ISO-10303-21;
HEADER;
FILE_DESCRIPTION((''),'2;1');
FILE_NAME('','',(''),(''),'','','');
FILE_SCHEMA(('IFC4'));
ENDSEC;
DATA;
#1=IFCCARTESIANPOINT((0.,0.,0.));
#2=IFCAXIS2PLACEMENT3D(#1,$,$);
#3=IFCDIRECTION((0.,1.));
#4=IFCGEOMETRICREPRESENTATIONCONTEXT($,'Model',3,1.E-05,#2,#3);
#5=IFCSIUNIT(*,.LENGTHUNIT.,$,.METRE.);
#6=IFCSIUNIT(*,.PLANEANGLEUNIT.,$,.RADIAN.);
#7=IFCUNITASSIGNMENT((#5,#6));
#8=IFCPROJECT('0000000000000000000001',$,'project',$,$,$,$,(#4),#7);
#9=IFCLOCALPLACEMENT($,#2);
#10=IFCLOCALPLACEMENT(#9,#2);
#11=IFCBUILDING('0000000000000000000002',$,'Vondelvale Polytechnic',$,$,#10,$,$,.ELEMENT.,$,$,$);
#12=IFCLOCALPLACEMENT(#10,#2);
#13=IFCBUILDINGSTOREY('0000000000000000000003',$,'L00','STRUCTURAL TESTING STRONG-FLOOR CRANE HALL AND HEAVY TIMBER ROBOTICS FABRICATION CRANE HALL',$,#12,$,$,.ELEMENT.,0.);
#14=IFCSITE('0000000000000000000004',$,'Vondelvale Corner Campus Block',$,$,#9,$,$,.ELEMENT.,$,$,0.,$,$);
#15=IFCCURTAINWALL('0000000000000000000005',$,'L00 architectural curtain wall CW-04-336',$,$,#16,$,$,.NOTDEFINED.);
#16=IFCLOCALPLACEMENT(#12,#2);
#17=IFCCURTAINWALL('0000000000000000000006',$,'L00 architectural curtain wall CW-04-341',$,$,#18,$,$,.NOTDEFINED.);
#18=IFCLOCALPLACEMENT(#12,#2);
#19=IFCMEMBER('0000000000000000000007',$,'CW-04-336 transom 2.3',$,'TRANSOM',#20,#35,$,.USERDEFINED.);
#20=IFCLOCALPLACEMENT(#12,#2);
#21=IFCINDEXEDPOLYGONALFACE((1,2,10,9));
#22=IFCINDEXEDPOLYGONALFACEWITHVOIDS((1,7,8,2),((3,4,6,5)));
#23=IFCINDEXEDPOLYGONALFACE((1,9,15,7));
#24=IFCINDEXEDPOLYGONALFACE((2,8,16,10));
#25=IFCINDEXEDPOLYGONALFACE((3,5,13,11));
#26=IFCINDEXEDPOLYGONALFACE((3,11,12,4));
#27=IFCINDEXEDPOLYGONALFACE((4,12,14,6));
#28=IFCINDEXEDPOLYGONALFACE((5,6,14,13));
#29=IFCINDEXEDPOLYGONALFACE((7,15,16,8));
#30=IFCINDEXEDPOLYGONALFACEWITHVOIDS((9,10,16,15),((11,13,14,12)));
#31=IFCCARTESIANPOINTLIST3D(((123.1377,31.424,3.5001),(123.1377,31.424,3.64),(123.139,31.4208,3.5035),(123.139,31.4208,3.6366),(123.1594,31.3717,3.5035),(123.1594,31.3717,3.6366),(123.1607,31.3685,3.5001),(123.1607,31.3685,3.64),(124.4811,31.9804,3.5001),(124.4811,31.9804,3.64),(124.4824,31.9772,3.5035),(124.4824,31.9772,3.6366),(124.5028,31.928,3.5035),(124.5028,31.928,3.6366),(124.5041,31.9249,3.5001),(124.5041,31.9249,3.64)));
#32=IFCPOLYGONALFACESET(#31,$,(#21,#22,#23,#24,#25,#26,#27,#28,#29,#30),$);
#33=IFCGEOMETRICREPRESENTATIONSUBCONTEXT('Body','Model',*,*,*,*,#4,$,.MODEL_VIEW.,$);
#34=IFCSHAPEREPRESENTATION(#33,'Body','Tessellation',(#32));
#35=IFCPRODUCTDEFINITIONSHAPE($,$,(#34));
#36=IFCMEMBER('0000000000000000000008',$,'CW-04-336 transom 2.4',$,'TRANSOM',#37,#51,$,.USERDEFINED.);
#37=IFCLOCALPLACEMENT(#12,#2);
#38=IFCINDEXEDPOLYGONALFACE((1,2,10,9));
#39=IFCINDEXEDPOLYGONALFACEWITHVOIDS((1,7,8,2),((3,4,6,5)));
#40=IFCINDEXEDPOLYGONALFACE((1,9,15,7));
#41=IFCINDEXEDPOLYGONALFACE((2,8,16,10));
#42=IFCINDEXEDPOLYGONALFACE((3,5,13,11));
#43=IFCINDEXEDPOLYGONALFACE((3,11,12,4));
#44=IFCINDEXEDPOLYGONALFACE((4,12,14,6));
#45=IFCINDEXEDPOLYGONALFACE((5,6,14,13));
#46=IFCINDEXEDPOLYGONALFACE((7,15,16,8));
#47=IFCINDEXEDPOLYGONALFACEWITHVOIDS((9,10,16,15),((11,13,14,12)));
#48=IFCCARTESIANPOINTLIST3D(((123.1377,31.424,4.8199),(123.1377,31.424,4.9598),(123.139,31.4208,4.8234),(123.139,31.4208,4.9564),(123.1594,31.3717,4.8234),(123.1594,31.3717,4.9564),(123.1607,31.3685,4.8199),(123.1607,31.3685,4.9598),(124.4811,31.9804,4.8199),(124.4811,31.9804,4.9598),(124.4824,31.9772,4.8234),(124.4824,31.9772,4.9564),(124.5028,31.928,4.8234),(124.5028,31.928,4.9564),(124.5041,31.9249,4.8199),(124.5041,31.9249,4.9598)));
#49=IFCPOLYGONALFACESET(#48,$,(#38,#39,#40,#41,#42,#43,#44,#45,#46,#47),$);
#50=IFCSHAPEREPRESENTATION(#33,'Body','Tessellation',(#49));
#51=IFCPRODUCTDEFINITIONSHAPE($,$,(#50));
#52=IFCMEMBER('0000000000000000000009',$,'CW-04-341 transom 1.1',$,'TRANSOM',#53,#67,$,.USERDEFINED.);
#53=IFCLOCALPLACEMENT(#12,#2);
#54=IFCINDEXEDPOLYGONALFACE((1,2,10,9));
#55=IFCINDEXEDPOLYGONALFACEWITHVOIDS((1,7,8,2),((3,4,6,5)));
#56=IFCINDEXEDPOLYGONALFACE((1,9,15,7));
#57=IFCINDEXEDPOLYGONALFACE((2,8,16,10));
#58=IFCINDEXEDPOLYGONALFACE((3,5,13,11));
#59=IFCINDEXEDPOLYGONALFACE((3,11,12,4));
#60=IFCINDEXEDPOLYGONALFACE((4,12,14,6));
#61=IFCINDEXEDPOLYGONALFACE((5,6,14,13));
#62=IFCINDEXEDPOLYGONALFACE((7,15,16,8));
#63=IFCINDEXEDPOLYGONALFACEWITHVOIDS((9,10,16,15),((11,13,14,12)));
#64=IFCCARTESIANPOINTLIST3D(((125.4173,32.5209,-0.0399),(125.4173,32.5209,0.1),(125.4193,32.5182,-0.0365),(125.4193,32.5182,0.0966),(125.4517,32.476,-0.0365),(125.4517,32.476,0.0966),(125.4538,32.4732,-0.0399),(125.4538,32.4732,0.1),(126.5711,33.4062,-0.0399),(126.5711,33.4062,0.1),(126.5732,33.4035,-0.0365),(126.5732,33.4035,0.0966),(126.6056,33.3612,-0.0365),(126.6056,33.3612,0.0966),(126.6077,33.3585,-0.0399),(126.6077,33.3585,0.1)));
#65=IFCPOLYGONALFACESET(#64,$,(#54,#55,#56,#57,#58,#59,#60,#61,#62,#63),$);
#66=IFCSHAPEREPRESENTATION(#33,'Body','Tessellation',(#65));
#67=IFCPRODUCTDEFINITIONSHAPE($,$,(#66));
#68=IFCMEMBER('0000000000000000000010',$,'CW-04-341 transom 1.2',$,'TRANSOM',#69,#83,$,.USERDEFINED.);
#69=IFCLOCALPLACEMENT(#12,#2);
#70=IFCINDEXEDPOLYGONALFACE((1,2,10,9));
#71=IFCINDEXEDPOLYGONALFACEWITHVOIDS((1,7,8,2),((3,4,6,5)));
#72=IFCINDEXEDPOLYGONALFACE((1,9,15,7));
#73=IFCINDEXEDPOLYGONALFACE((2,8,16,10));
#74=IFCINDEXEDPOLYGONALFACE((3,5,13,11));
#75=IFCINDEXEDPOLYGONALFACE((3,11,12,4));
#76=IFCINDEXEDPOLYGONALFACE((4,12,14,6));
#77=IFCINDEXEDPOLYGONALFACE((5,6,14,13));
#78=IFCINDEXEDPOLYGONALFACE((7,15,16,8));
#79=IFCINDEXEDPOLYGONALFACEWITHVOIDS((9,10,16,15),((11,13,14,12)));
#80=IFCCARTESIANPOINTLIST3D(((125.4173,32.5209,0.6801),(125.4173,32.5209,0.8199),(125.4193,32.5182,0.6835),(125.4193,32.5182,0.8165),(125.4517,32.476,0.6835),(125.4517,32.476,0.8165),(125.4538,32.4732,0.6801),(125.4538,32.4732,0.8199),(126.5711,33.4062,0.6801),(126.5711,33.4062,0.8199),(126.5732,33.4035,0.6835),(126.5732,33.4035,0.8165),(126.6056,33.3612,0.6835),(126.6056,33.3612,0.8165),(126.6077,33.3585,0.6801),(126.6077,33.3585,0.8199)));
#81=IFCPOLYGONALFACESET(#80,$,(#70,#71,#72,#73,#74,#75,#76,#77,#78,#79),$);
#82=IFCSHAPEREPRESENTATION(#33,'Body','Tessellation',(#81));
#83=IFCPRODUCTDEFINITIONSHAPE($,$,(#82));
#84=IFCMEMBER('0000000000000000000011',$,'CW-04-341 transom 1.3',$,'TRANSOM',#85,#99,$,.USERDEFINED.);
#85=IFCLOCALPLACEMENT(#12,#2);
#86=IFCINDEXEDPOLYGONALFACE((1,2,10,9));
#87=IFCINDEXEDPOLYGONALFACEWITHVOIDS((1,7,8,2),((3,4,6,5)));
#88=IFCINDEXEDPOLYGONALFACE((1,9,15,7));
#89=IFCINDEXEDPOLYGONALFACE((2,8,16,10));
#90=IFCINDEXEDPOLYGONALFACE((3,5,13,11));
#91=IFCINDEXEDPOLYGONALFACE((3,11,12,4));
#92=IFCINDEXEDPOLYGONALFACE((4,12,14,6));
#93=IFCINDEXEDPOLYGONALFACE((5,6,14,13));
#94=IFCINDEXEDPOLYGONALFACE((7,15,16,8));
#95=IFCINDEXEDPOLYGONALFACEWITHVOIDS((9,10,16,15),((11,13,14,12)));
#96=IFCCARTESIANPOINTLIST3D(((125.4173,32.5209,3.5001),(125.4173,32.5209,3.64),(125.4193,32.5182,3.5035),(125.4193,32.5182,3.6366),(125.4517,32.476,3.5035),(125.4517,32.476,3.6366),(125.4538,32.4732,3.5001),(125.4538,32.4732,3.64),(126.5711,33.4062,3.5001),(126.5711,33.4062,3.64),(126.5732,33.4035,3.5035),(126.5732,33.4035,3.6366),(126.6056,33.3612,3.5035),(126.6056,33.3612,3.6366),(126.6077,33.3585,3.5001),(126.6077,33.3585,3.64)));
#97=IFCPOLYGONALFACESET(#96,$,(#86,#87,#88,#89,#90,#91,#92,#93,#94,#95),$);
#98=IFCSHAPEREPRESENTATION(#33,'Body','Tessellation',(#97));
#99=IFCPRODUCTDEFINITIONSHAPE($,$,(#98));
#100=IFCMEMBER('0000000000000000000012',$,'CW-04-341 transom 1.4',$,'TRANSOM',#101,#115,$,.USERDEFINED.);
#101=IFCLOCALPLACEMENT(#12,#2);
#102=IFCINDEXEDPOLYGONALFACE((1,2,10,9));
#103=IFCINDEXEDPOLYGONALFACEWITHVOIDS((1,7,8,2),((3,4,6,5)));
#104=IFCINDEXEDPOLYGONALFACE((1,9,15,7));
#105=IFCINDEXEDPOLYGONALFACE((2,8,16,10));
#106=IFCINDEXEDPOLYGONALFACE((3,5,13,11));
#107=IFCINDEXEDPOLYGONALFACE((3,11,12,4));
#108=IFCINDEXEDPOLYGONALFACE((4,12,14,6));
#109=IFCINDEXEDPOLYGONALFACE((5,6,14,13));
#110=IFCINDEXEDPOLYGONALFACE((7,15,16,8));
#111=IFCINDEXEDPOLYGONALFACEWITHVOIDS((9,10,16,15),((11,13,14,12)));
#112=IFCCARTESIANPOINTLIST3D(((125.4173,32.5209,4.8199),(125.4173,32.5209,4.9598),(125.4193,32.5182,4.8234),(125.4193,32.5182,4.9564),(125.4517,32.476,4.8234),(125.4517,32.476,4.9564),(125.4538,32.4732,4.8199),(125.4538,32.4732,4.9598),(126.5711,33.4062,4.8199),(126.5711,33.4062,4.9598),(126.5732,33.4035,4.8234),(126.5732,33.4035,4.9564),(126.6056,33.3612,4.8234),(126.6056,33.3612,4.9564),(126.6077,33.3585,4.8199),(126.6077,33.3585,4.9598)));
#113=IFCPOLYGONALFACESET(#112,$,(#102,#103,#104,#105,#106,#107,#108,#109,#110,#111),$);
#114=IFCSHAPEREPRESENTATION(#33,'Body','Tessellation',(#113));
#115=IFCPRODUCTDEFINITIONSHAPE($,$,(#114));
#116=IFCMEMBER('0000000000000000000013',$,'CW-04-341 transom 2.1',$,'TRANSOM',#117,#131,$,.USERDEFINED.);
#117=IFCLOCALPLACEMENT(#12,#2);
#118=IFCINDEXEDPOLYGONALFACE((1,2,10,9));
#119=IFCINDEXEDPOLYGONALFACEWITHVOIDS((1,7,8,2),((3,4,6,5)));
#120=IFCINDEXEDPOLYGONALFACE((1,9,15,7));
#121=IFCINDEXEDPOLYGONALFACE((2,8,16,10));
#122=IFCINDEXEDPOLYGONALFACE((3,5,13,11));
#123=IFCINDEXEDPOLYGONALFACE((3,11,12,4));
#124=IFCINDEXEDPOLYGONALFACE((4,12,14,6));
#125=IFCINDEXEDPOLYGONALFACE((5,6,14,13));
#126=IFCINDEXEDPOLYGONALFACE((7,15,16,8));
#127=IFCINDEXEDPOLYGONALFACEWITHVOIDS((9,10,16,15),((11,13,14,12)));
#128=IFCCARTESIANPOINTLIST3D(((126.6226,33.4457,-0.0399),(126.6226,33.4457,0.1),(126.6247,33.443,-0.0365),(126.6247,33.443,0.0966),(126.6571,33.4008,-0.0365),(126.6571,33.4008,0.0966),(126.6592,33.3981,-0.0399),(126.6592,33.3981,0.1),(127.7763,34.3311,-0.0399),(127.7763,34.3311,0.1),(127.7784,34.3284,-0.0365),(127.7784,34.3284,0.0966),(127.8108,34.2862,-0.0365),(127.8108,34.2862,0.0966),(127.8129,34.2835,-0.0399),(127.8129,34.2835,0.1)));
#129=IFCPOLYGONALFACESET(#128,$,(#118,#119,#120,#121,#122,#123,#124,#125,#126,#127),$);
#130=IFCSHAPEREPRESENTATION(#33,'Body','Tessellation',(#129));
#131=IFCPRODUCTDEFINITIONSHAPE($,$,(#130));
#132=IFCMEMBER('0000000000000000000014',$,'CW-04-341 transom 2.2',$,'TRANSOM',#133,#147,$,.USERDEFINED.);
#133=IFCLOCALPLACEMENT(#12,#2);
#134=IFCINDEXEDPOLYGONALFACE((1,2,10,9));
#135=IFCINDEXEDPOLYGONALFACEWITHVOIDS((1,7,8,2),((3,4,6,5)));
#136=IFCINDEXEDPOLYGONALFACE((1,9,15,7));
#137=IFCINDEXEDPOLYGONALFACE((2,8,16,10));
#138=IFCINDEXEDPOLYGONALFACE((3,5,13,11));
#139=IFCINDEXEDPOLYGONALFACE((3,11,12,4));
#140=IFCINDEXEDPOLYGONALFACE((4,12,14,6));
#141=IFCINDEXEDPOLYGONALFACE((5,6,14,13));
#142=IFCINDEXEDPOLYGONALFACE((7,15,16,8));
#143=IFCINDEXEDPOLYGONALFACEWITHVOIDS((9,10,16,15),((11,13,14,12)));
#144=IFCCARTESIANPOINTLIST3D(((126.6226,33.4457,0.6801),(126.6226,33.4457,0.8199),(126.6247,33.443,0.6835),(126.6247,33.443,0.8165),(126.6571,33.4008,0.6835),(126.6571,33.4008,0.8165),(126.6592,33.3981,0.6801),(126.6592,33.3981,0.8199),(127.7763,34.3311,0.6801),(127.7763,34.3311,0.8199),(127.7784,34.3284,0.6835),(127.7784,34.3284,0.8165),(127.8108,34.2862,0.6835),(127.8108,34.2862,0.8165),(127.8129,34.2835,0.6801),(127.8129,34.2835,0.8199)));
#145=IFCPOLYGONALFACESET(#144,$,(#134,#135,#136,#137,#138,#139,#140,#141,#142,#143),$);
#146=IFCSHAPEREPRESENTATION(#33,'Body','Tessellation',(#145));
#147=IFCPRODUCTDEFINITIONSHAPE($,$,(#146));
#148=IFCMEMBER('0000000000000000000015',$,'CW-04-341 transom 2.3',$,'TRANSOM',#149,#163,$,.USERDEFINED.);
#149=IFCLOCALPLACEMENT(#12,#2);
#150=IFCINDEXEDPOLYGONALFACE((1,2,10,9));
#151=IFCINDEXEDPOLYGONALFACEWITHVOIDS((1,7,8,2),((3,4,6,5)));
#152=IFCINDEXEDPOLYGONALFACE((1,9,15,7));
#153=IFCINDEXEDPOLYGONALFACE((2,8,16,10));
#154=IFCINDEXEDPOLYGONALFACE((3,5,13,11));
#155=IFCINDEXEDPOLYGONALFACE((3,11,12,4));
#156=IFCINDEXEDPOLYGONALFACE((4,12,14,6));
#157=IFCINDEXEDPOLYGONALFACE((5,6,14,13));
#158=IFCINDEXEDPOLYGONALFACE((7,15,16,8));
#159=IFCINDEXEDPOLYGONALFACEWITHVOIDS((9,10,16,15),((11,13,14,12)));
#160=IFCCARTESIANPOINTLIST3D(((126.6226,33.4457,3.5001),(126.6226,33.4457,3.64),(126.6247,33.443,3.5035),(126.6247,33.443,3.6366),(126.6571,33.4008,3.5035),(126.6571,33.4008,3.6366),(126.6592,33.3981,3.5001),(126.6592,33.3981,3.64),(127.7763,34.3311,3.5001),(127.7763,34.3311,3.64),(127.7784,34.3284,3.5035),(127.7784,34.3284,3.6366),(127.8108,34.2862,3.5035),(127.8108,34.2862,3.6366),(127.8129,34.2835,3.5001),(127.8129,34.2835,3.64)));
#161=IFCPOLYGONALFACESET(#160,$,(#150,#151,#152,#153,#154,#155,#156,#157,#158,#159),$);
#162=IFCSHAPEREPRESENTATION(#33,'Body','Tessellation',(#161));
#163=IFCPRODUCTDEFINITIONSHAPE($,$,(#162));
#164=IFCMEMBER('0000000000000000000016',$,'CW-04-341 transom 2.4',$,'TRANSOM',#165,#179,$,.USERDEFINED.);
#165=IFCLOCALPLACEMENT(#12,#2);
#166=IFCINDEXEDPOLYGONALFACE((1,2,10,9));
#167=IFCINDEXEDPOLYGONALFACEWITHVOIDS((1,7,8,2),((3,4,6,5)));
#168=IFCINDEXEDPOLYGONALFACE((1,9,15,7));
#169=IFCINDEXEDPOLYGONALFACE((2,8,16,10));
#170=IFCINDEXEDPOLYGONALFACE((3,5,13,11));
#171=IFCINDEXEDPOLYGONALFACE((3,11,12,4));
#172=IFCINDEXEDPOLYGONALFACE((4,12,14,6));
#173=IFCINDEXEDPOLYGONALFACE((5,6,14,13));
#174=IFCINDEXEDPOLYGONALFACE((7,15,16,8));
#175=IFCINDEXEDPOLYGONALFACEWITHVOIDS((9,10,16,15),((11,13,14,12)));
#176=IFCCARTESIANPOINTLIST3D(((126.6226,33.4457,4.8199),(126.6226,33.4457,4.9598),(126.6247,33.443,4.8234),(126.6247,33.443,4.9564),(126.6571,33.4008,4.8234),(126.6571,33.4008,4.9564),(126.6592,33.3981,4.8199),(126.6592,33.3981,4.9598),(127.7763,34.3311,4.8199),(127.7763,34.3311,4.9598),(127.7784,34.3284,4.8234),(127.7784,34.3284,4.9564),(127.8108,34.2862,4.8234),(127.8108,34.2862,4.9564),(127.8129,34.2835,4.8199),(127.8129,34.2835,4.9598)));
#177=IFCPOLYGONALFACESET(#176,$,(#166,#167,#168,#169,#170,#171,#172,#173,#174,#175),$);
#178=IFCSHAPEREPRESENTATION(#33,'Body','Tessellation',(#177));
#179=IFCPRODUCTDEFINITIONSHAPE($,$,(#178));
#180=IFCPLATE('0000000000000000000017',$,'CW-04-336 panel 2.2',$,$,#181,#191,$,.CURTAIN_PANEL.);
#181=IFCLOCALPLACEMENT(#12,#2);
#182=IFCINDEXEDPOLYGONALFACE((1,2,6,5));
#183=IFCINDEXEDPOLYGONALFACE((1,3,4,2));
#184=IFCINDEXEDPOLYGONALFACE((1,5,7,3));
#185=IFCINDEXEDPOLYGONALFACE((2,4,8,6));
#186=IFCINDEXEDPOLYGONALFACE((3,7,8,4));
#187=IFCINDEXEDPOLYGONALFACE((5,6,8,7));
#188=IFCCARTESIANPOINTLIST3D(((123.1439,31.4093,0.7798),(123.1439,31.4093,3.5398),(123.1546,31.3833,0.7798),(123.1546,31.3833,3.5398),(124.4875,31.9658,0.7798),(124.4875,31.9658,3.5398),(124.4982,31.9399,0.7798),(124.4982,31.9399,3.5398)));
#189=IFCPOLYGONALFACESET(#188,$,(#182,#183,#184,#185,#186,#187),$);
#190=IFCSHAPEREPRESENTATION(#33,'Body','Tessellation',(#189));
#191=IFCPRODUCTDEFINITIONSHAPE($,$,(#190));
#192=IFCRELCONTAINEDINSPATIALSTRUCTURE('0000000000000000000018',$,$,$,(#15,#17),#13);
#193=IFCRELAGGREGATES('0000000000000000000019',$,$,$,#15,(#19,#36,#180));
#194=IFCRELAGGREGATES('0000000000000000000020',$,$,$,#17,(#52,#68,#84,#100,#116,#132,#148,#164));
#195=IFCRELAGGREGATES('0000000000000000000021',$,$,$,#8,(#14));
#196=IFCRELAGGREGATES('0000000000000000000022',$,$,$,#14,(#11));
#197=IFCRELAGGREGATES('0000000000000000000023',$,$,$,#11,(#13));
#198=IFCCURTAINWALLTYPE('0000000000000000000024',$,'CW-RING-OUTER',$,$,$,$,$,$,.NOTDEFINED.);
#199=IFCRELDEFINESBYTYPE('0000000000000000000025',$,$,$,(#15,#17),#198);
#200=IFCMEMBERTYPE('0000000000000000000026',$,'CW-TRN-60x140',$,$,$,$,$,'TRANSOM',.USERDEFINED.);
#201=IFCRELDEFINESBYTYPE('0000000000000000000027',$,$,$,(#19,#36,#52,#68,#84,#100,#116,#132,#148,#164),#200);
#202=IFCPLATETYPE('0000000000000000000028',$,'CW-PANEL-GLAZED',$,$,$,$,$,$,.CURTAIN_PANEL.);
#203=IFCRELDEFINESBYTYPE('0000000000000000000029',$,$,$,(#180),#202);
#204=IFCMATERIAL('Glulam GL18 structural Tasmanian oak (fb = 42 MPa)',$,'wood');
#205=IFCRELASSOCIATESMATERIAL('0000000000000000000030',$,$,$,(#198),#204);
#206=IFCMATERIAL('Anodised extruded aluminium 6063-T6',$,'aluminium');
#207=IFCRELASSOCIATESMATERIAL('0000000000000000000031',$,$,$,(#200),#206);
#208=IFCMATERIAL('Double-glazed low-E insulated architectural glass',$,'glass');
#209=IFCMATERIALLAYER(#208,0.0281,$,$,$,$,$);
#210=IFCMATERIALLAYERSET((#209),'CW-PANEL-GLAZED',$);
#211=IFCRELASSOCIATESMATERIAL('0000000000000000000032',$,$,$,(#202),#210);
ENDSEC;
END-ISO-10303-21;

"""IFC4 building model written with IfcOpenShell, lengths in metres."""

from ifc_helpers import new_model, si_unit, direction, frame, origin, origin_2d, place, context, subcontext, project, spatial, rectangle, hollow_rectangle, extrude, material, layer, layer_set, material_profile, profile_set, type_object, element, aggregate, save


model = new_model("IFC4")

# Units and contexts
model_context = context("Model", 3, precision=1e-05, world=origin(), true_north=direction((0.0, 1.0)))
body_context = subcontext(model_context, "Body", "Model", "MODEL_VIEW")
ifc_project = project(units=[si_unit("LENGTHUNIT", "METRE"), si_unit("PLANEANGLEUNIT", "RADIAN")], contexts=[model_context])

# Site, building, storey
site_placement = place(None, origin())
site = spatial("IfcSite", under=ifc_project, at=site_placement, Name="Vondelvale Corner Campus Block", CompositionType="ELEMENT", RefElevation=0.0)
building_placement = place(site_placement, origin())
building = spatial("IfcBuilding", under=site, at=building_placement, Name="Vondelvale Polytechnic", CompositionType="ELEMENT")
storey_placement = place(building_placement, origin())
storey = spatial("IfcBuildingStorey", under=building, at=storey_placement, Name="L00", Description="STRUCTURAL TESTING STRONG-FLOOR CRANE HALL AND HEAVY TIMBER ROBOTICS FABRICATION CRANE HALL", CompositionType="ELEMENT", Elevation=0.0)

# Curtain walls
ifc_material_1 = material(Name="Glulam GL18 structural Tasmanian oak (fb = 42 MPa)", Category="wood")
curtain_wall_type = type_object("IfcCurtainWallType", Name="CW-RING-OUTER", PredefinedType="NOTDEFINED", material=ifc_material_1)
curtain_wall_1_placement = place(storey_placement, origin())
curtain_wall_1 = element("IfcCurtainWall", 1, at=curtain_wall_1_placement, inside=storey, type_object=curtain_wall_type, Name="L00 architectural curtain wall CW-04-336", PredefinedType="NOTDEFINED")
ifc_material_2 = material(Name="Anodised extruded aluminium 6063-T6", Category="aluminium")
curtain_wall_2_placement = place(storey_placement, origin())
curtain_wall_2 = element("IfcCurtainWall", 2, at=curtain_wall_2_placement, inside=storey, type_object=curtain_wall_type, Name="L00 architectural curtain wall CW-04-341", PredefinedType="NOTDEFINED")

# Members
ifc_material_profile_1 = material_profile(ifc_material_2, hollow_rectangle(XDim=0.0601, YDim=0.1399, WallThickness=0.0034, at=origin_2d()), Name="CW-TRN-140x60")
ifc_profile_set_1 = profile_set([ifc_material_profile_1], Name="Anodised extruded aluminium 6063-T6")
member_type_1 = type_object("IfcMemberType", Name="CW-TRN-60x140", ElementType="TRANSOM", PredefinedType="USERDEFINED", material=ifc_profile_set_1)
member_1_placement = place(storey_placement, frame((123.1492, 31.3962, 3.5701), z_axis=(0.923904, 0.382624, 0.0), x_axis=(-0.382624, 0.923904, 0.0)))
member_1 = element("IfcMember", 3, at=member_1_placement, type_object=member_type_1, Name="CW-04-336 transom 2.3", ObjectType="TRANSOM", PredefinedType="USERDEFINED", context=body_context, shape_type="SweptSolid", body=[
    extrude(hollow_rectangle(XDim=0.0601, YDim=0.1399, WallThickness=0.0034, at=origin_2d()), origin(), (0.0, 0.0, 1.0), 1.4541),
])
member_2_placement = place(storey_placement, frame((123.1492, 31.3962, 4.8899), z_axis=(0.923904, 0.382624, 0.0), x_axis=(-0.382624, 0.923904, 0.0)))
member_2 = element("IfcMember", 4, at=member_2_placement, type_object=member_type_1, Name="CW-04-336 transom 2.4", ObjectType="TRANSOM", PredefinedType="USERDEFINED", context=body_context, shape_type="SweptSolid", body=[
    extrude(hollow_rectangle(XDim=0.0601, YDim=0.1399, WallThickness=0.0034, at=origin_2d()), origin(), (0.0, 0.0, 1.0), 1.4541),
])
member_3_placement = place(storey_placement, frame((125.4355, 32.4971, 0.03), z_axis=(0.793385, 0.608721, 0.0), x_axis=(-0.608721, 0.793385, 0.0)))
member_3 = element("IfcMember", 5, at=member_3_placement, type_object=member_type_1, Name="CW-04-341 transom 1.1", ObjectType="TRANSOM", PredefinedType="USERDEFINED", context=body_context, shape_type="SweptSolid", body=[
    extrude(hollow_rectangle(XDim=0.0601, YDim=0.1399, WallThickness=0.0034, at=origin_2d()), origin(), (0.0, 0.0, 1.0), 1.4543),
])
member_4_placement = place(storey_placement, frame((125.4355, 32.4971, 0.75), z_axis=(0.793385, 0.608721, 0.0), x_axis=(-0.608721, 0.793385, 0.0)))
member_4 = element("IfcMember", 6, at=member_4_placement, type_object=member_type_1, Name="CW-04-341 transom 1.2", ObjectType="TRANSOM", PredefinedType="USERDEFINED", context=body_context, shape_type="SweptSolid", body=[
    extrude(hollow_rectangle(XDim=0.0601, YDim=0.1399, WallThickness=0.0034, at=origin_2d()), origin(), (0.0, 0.0, 1.0), 1.4543),
])
member_5_placement = place(storey_placement, frame((125.4355, 32.4971, 3.5701), z_axis=(0.793385, 0.608721, 0.0), x_axis=(-0.608721, 0.793385, 0.0)))
member_5 = element("IfcMember", 7, at=member_5_placement, type_object=member_type_1, Name="CW-04-341 transom 1.3", ObjectType="TRANSOM", PredefinedType="USERDEFINED", context=body_context, shape_type="SweptSolid", body=[
    extrude(hollow_rectangle(XDim=0.0601, YDim=0.1399, WallThickness=0.0034, at=origin_2d()), origin(), (0.0, 0.0, 1.0), 1.4543),
])
member_6_placement = place(storey_placement, frame((125.4355, 32.4971, 4.8899), z_axis=(0.793385, 0.608721, 0.0), x_axis=(-0.608721, 0.793385, 0.0)))
member_6 = element("IfcMember", 8, at=member_6_placement, type_object=member_type_1, Name="CW-04-341 transom 1.4", ObjectType="TRANSOM", PredefinedType="USERDEFINED", context=body_context, shape_type="SweptSolid", body=[
    extrude(hollow_rectangle(XDim=0.0601, YDim=0.1399, WallThickness=0.0034, at=origin_2d()), origin(), (0.0, 0.0, 1.0), 1.4543),
])
member_7_placement = place(storey_placement, frame((126.6409, 33.4219, 0.03), z_axis=(0.793304, 0.608826, 0.0), x_axis=(-0.608826, 0.793304, 0.0)))
member_7 = element("IfcMember", 9, at=member_7_placement, type_object=member_type_1, Name="CW-04-341 transom 2.1", ObjectType="TRANSOM", PredefinedType="USERDEFINED", context=body_context, shape_type="SweptSolid", body=[
    extrude(hollow_rectangle(XDim=0.0601, YDim=0.1399, WallThickness=0.0034, at=origin_2d()), origin(), (0.0, 0.0, 1.0), 1.4543),
])
member_8_placement = place(storey_placement, frame((126.6409, 33.4219, 0.75), z_axis=(0.793304, 0.608826, 0.0), x_axis=(-0.608826, 0.793304, 0.0)))
member_8 = element("IfcMember", 10, at=member_8_placement, type_object=member_type_1, Name="CW-04-341 transom 2.2", ObjectType="TRANSOM", PredefinedType="USERDEFINED", context=body_context, shape_type="SweptSolid", body=[
    extrude(hollow_rectangle(XDim=0.0601, YDim=0.1399, WallThickness=0.0034, at=origin_2d()), origin(), (0.0, 0.0, 1.0), 1.4543),
])
member_9_placement = place(storey_placement, frame((126.6409, 33.4219, 3.5701), z_axis=(0.793304, 0.608826, 0.0), x_axis=(-0.608826, 0.793304, 0.0)))
member_9 = element("IfcMember", 11, at=member_9_placement, type_object=member_type_1, Name="CW-04-341 transom 2.3", ObjectType="TRANSOM", PredefinedType="USERDEFINED", context=body_context, shape_type="SweptSolid", body=[
    extrude(hollow_rectangle(XDim=0.0601, YDim=0.1399, WallThickness=0.0034, at=origin_2d()), origin(), (0.0, 0.0, 1.0), 1.4543),
])
member_10_placement = place(storey_placement, frame((126.6409, 33.4219, 4.8899), z_axis=(0.793304, 0.608826, 0.0), x_axis=(-0.608826, 0.793304, 0.0)))
member_10 = element("IfcMember", 12, at=member_10_placement, type_object=member_type_1, Name="CW-04-341 transom 2.4", ObjectType="TRANSOM", PredefinedType="USERDEFINED", context=body_context, shape_type="SweptSolid", body=[
    extrude(hollow_rectangle(XDim=0.0601, YDim=0.1399, WallThickness=0.0034, at=origin_2d()), origin(), (0.0, 0.0, 1.0), 1.4543),
])

# Plate
ifc_material_3 = material(Name="Double-glazed low-E insulated architectural glass", Category="glass")
ifc_layer_1 = layer(ifc_material_3, 0.0281)
ifc_layer_set_1 = layer_set([ifc_layer_1], Name="CW-PANEL-GLAZED")
plate_type_1 = type_object("IfcPlateType", Name="CW-PANEL-GLAZED", PredefinedType="CURTAIN_PANEL", material=ifc_layer_set_1)
plate_1_placement = place(storey_placement, frame((123.821, 31.6746, 0.7798), z_axis=(0.0, 0.0, 1.0), x_axis=(0.923881, 0.382679, 0.0)))
plate_1 = element("IfcPlate", 13, at=plate_1_placement, type_object=plate_type_1, Name="CW-04-336 panel 2.2", PredefinedType="CURTAIN_PANEL", context=body_context, shape_type="SweptSolid", body=[
    extrude(rectangle(XDim=1.4543, YDim=0.0281, at=origin_2d()), origin(), (0.0, 0.0, 1.0), 2.76),
])
aggregate(curtain_wall_1, [member_1, member_2, plate_1])
aggregate(curtain_wall_2, [member_3, member_4, member_5, member_6, member_7, member_8, member_9, member_10])

save(model, "model.ifc")
